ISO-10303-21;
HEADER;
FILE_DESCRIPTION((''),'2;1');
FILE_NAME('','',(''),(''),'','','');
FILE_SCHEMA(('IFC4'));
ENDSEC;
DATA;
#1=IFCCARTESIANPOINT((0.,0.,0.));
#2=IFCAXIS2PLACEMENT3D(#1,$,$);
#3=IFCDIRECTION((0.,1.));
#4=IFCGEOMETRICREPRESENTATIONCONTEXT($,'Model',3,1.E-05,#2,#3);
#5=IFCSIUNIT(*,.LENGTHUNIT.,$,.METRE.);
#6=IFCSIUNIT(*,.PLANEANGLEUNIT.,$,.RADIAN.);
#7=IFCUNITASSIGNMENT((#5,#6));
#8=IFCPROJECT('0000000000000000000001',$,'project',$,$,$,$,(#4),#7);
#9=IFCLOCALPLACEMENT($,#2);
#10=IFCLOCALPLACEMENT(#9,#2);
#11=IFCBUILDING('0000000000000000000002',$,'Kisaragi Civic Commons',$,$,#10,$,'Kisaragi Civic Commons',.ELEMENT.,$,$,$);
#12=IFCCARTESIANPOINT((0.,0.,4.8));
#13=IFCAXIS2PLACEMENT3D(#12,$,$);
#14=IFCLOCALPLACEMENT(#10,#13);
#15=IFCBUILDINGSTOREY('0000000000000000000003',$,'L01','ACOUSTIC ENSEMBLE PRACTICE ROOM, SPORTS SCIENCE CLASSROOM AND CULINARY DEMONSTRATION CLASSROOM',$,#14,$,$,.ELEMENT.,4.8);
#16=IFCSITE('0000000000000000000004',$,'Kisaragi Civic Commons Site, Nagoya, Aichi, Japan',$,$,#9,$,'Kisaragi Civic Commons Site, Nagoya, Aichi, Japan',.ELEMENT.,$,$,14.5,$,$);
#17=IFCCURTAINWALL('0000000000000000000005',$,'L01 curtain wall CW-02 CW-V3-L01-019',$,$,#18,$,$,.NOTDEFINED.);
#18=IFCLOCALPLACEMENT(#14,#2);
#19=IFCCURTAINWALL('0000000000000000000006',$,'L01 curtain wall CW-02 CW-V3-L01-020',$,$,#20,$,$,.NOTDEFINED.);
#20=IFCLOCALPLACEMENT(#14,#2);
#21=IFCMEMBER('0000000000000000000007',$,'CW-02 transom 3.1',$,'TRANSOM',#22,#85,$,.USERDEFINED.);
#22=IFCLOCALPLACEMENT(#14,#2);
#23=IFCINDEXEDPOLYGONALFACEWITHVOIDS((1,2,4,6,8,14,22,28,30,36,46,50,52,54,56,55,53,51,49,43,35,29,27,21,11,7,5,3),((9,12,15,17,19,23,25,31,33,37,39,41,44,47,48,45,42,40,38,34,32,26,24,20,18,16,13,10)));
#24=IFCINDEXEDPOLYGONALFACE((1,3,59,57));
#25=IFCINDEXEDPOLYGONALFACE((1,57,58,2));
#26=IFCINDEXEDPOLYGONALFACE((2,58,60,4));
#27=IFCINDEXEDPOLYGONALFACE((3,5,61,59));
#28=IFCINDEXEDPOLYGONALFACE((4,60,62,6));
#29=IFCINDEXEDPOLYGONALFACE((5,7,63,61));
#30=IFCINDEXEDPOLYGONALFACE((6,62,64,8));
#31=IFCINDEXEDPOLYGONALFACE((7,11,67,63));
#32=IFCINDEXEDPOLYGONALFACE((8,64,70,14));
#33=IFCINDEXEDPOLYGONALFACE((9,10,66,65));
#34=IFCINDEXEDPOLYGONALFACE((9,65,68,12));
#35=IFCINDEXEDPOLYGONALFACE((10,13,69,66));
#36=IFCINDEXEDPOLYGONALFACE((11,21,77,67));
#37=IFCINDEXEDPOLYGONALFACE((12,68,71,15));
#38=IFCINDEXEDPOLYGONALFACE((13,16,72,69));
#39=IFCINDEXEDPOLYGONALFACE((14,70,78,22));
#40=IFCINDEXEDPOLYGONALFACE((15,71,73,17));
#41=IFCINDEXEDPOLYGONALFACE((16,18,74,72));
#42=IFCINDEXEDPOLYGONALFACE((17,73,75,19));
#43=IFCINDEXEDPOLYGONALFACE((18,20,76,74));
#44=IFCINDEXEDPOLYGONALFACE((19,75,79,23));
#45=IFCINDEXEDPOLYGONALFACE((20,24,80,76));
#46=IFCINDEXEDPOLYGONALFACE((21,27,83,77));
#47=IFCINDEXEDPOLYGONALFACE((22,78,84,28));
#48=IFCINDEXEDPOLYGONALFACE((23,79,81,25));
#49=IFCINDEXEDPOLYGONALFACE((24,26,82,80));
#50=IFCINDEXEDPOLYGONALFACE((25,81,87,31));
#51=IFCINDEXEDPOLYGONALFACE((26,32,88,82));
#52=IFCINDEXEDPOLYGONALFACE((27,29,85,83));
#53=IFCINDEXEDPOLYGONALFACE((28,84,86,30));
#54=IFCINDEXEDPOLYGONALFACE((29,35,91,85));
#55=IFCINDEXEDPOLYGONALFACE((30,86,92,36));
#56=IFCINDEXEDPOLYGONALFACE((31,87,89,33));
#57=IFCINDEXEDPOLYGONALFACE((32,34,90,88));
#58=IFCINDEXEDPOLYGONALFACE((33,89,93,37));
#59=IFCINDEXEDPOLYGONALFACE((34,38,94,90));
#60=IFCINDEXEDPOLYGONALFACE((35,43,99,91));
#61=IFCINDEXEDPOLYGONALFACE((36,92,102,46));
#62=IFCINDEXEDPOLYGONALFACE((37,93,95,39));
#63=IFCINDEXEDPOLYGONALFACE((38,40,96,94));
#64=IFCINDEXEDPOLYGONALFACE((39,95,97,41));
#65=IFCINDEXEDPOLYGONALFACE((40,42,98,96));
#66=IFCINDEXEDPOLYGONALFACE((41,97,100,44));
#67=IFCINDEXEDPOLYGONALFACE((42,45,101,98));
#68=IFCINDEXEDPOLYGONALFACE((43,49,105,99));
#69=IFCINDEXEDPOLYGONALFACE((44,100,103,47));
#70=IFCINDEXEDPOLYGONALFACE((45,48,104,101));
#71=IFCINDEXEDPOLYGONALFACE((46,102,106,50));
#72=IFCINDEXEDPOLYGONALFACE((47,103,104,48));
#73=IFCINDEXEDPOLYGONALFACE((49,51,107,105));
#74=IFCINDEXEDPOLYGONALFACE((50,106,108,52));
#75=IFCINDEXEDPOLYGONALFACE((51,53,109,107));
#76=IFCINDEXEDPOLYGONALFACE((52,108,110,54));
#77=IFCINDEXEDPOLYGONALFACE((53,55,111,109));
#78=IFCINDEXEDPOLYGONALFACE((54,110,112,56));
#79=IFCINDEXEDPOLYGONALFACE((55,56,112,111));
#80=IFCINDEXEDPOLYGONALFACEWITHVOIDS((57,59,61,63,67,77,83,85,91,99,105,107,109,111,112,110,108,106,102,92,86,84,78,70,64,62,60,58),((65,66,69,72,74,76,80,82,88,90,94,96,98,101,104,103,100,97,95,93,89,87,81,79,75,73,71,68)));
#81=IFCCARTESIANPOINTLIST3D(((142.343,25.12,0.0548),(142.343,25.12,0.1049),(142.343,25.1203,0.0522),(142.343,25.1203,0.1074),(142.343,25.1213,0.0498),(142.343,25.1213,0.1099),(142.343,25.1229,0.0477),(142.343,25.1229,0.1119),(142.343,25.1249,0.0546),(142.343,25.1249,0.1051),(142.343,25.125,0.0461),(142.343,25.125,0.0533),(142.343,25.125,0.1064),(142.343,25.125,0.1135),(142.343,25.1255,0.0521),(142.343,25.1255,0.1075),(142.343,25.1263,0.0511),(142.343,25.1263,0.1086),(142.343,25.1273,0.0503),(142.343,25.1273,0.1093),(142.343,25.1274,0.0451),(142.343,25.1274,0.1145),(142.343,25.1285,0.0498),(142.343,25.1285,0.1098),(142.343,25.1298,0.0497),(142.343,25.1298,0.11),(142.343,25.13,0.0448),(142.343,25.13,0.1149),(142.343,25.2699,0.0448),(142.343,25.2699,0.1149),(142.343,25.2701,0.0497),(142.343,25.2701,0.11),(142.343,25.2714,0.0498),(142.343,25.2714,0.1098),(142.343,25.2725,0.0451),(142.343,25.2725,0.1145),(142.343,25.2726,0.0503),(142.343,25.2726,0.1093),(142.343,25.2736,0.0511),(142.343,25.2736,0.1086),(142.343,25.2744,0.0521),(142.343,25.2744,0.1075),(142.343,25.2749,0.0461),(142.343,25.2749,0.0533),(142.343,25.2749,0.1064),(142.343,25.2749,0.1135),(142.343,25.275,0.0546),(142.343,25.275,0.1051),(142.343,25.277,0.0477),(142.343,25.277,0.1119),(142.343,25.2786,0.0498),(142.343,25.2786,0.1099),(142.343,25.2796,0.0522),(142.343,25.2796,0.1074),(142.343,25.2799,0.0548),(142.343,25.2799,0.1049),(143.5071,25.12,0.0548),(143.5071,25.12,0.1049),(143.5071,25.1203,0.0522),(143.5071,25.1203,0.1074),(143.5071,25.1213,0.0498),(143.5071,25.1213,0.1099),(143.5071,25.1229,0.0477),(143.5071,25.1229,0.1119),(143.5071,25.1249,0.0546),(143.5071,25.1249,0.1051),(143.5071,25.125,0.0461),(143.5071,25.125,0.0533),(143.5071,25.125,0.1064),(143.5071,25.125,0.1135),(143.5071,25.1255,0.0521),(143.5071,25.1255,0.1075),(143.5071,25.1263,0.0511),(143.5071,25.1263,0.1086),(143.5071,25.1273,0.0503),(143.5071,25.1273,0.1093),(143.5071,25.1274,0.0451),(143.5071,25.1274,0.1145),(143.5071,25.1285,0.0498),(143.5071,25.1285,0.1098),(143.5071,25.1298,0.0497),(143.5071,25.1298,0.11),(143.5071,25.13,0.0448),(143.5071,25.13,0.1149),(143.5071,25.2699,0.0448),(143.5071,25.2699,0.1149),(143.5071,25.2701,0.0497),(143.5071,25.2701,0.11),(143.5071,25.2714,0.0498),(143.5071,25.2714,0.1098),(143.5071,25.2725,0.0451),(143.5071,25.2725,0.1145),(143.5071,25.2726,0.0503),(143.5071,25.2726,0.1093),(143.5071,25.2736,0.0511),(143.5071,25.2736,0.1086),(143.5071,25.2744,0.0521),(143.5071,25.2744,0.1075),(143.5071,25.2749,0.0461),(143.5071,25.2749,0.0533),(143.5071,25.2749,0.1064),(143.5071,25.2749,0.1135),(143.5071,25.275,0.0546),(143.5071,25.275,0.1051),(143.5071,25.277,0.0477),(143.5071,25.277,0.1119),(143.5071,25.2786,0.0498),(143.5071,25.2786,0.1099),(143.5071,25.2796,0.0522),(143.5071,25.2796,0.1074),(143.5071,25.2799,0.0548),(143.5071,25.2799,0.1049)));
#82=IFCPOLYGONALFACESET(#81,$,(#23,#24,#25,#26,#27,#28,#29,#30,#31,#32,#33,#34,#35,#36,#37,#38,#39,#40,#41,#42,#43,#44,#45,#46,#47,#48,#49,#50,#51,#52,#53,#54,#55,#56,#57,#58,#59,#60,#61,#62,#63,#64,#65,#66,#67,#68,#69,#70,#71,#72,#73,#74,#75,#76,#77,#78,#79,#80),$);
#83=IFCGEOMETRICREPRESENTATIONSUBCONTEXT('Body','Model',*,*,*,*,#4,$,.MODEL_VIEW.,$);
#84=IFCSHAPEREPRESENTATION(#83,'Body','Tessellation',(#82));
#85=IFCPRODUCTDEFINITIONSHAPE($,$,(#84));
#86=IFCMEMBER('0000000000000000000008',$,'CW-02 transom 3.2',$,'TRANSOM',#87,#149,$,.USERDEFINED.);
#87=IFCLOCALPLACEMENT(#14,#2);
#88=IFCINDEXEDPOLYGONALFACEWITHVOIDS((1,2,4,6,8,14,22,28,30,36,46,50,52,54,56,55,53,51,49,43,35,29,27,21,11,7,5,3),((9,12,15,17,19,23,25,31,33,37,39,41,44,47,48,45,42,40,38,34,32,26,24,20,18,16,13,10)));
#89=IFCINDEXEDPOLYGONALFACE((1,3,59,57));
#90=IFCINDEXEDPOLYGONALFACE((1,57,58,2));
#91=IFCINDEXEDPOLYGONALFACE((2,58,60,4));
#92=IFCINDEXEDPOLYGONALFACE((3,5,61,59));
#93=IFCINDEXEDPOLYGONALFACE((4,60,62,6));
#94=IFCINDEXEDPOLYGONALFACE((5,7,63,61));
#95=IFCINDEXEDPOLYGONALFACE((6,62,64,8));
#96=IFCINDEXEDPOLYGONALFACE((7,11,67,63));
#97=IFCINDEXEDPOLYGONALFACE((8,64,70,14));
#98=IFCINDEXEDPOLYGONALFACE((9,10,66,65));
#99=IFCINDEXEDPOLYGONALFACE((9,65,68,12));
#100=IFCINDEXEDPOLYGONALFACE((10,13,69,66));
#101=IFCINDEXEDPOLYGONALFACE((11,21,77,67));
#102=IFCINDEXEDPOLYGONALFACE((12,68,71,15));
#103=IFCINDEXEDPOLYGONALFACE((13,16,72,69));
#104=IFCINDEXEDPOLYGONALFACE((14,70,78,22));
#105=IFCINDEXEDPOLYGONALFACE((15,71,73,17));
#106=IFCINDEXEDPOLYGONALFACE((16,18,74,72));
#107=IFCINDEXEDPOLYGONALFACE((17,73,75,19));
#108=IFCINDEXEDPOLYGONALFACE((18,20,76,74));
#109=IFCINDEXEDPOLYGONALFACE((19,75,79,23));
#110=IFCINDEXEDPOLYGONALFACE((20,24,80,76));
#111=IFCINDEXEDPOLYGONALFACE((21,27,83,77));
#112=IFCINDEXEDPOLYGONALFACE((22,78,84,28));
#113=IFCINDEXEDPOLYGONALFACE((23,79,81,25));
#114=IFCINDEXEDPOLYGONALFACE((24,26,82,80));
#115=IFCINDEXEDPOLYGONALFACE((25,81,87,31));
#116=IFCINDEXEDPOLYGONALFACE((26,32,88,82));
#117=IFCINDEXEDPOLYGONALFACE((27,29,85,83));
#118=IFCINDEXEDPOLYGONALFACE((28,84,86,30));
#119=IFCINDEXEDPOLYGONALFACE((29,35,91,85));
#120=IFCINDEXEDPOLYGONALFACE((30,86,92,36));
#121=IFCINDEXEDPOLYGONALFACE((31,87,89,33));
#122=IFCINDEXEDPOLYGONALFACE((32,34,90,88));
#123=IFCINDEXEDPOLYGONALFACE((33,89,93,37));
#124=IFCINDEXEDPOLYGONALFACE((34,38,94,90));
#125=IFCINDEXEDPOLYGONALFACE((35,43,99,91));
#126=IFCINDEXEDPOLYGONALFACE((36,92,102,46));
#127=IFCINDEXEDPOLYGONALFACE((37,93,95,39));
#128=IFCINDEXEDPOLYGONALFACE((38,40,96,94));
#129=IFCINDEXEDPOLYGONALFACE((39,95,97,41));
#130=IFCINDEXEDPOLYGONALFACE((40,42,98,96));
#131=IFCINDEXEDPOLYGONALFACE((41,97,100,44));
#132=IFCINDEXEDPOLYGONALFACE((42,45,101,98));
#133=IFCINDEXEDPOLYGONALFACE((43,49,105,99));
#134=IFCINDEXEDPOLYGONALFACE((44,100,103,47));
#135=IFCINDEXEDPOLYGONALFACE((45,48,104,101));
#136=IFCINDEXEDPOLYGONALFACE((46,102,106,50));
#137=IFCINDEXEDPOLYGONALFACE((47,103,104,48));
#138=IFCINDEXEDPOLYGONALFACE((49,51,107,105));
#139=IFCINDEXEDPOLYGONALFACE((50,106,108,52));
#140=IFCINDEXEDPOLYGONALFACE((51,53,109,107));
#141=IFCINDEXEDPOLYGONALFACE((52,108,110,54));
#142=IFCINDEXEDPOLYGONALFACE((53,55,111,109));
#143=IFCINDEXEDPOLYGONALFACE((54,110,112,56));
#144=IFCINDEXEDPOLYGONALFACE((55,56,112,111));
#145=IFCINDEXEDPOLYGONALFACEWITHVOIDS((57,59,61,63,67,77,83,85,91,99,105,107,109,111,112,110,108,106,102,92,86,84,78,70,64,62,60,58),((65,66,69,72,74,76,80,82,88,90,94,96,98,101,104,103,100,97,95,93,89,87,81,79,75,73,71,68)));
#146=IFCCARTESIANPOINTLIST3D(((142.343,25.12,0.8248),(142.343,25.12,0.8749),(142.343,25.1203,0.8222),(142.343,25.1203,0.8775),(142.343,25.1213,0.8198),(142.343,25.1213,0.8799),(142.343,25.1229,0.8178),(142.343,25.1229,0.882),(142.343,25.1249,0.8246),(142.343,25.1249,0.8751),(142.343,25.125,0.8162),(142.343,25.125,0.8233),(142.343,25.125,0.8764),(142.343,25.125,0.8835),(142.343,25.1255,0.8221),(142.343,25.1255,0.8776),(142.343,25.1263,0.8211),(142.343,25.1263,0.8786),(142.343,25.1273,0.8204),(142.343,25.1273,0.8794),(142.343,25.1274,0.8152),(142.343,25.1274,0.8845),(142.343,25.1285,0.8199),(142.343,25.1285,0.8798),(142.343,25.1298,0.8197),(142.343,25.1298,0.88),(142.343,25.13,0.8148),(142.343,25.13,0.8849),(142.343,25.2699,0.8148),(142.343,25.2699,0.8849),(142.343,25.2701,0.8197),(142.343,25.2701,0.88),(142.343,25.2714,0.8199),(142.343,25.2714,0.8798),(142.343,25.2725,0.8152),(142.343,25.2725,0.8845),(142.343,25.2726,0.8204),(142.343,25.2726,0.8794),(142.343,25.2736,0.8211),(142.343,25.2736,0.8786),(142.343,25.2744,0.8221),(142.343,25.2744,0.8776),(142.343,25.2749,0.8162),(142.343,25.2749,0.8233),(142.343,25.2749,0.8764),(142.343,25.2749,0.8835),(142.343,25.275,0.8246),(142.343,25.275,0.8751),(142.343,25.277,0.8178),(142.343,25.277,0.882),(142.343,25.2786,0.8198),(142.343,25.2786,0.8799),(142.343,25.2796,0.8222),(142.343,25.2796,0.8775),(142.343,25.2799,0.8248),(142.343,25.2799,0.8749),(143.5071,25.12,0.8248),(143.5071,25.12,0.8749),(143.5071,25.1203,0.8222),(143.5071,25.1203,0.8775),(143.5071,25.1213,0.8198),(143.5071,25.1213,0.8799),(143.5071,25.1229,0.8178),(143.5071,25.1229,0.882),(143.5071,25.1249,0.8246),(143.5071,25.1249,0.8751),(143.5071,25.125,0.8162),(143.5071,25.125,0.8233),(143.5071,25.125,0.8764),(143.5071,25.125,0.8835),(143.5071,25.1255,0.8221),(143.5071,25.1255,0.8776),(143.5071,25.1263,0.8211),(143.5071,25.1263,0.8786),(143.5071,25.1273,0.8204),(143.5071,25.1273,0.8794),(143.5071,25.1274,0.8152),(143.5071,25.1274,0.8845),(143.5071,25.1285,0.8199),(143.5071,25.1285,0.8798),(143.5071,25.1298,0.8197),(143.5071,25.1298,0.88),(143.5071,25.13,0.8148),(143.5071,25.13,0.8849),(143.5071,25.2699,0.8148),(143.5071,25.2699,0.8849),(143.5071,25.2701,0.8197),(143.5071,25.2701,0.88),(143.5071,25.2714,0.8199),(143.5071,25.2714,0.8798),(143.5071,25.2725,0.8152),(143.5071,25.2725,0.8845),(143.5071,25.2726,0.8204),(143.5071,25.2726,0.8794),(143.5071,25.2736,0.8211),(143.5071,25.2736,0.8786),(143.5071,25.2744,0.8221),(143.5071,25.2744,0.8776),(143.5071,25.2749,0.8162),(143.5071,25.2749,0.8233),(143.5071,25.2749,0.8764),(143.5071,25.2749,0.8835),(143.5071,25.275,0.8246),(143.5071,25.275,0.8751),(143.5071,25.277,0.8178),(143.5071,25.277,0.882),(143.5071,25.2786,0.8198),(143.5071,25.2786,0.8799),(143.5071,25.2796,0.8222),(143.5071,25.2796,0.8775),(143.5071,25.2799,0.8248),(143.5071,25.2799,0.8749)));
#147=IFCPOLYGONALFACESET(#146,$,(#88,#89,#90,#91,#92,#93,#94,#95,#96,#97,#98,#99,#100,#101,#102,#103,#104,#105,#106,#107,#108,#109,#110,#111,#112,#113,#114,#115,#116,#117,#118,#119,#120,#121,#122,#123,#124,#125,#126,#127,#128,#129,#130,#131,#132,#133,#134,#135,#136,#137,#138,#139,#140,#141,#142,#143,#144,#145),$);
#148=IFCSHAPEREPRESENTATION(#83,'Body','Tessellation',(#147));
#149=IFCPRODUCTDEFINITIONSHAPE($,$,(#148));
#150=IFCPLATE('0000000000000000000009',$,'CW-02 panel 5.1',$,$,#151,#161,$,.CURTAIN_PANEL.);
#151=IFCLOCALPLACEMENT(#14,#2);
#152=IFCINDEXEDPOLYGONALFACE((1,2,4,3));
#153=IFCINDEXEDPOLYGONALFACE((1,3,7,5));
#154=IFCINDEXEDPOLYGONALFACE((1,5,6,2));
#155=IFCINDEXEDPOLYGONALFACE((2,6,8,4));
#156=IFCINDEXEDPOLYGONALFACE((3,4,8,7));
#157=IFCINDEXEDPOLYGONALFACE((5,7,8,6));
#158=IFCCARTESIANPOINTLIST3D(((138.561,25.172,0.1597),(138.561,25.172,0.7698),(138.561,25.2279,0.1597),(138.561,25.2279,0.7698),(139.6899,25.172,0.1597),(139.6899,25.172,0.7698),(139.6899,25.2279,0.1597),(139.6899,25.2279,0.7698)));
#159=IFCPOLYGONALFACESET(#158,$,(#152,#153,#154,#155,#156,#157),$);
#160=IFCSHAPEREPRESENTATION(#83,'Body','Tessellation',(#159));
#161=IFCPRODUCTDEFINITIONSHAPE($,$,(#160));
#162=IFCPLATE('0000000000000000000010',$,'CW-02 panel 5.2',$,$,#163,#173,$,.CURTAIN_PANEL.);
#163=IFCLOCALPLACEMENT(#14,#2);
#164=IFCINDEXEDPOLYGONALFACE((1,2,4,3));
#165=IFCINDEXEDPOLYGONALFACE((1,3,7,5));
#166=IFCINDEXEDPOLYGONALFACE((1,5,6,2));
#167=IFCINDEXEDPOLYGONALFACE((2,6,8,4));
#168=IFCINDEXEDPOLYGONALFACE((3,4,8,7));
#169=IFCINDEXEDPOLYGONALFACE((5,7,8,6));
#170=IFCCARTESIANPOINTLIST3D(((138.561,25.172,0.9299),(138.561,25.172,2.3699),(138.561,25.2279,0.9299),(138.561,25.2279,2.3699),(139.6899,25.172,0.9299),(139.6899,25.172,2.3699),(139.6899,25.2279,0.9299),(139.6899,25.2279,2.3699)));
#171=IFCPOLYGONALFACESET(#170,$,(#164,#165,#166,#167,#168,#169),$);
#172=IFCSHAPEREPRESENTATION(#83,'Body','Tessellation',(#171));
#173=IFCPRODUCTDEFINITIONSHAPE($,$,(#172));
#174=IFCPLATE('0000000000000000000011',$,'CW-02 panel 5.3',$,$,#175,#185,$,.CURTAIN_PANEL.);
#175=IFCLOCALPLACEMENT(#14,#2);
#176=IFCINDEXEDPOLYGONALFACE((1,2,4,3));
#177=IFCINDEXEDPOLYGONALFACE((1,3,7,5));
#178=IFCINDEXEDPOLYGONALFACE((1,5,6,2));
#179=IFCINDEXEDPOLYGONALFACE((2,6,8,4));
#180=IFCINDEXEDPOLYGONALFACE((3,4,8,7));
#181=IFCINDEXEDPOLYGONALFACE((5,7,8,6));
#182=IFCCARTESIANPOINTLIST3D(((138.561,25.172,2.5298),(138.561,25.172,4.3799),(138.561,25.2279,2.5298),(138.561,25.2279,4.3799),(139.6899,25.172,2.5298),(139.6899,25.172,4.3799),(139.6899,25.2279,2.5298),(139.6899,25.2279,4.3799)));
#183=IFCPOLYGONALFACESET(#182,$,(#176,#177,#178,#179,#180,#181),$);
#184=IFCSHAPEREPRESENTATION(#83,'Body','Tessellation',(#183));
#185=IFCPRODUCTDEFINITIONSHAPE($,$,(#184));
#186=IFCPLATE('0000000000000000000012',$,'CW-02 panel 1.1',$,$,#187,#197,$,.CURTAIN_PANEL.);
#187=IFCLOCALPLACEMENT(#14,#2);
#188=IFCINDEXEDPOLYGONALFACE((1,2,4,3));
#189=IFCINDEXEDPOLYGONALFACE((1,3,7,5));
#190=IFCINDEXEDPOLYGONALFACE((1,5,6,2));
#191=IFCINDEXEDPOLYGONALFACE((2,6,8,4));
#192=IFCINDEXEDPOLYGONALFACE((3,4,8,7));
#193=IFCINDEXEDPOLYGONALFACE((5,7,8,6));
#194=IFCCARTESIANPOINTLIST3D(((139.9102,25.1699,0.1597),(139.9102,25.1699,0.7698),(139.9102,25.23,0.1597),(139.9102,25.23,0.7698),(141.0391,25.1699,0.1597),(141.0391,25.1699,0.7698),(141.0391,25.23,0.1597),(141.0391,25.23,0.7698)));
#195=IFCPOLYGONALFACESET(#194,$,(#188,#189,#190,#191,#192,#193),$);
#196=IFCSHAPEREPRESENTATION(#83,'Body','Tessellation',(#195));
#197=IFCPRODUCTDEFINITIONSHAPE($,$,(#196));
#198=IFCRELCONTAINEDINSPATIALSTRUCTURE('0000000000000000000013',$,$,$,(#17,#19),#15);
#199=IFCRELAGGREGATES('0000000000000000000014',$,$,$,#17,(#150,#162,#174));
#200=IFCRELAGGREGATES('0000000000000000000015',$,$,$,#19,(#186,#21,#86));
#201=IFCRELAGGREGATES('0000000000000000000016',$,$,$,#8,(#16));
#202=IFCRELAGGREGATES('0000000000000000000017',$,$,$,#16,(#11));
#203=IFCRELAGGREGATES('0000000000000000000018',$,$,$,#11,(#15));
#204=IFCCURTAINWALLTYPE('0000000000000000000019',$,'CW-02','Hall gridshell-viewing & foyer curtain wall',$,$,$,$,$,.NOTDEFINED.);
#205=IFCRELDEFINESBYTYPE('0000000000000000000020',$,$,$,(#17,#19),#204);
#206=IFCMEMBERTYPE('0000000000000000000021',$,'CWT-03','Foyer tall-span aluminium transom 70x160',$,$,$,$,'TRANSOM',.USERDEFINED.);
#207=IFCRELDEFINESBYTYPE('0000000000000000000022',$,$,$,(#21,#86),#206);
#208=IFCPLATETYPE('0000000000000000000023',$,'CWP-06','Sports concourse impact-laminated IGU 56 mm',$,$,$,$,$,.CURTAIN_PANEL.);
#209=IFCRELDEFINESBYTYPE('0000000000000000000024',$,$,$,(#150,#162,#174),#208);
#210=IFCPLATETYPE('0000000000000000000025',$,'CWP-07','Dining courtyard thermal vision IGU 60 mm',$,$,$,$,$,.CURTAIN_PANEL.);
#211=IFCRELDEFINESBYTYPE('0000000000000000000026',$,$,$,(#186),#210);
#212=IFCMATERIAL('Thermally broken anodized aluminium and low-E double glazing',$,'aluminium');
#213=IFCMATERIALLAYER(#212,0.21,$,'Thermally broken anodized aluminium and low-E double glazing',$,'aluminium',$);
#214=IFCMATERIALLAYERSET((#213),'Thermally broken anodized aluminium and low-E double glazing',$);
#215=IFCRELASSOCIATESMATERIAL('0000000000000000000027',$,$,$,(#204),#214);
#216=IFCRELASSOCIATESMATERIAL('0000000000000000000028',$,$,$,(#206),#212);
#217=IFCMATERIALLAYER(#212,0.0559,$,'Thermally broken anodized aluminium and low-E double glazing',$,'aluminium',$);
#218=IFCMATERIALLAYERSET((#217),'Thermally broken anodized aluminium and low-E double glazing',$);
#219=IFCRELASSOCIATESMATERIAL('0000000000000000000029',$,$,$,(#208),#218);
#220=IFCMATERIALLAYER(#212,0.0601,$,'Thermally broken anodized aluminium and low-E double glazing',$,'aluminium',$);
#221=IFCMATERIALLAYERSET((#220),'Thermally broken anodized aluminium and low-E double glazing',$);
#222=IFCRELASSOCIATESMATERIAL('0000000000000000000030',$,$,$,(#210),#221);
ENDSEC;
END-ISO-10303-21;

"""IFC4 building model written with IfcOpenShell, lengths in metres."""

from ifc_helpers import new_model, si_unit, direction, frame, origin, origin_2d, place, context, subcontext, project, spatial, rectangle, hollow_rectangle, extrude, material, layer, layer_set, material_profile, profile_set, type_object, element, aggregate, save


model = new_model("IFC4")

# Units and contexts
model_context = context("Model", 3, precision=1e-05, world=origin(), true_north=direction((0.0, 1.0)))
body_context = subcontext(model_context, "Body", "Model", "MODEL_VIEW")
ifc_project = project(units=[si_unit("LENGTHUNIT", "METRE"), si_unit("PLANEANGLEUNIT", "RADIAN")], contexts=[model_context])

# Site, building, storey
site_placement = place(None, origin())
site = spatial("IfcSite", under=ifc_project, at=site_placement, Name="Kisaragi Civic Commons Site, Nagoya, Aichi, Japan", LongName="Kisaragi Civic Commons Site, Nagoya, Aichi, Japan", CompositionType="ELEMENT", RefElevation=14.5)
building_placement = place(site_placement, origin())
building = spatial("IfcBuilding", under=site, at=building_placement, Name="Kisaragi Civic Commons", LongName="Kisaragi Civic Commons", CompositionType="ELEMENT")
storey_placement = place(building_placement, frame((0.0, 0.0, 4.8)))
storey = spatial("IfcBuildingStorey", under=building, at=storey_placement, Name="L01", Description="ACOUSTIC ENSEMBLE PRACTICE ROOM, SPORTS SCIENCE CLASSROOM AND CULINARY DEMONSTRATION CLASSROOM", CompositionType="ELEMENT", Elevation=4.8)

# Curtain wall
ifc_material = material(Name="Thermally broken anodized aluminium and low-E double glazing", Category="aluminium")
ifc_layer_1 = layer(ifc_material, 0.21, Name="Thermally broken anodized aluminium and low-E double glazing", Category="aluminium")
ifc_layer_set_1 = layer_set([ifc_layer_1], Name="Thermally broken anodized aluminium and low-E double glazing")
curtain_wall_type = type_object("IfcCurtainWallType", Name="CW-02", Description="Hall gridshell-viewing & foyer curtain wall", PredefinedType="NOTDEFINED", material=ifc_layer_set_1)
curtain_wall_1_placement = place(storey_placement, origin())
curtain_wall_1 = element("IfcCurtainWall", 1, at=curtain_wall_1_placement, inside=storey, type_object=curtain_wall_type, Name="L01 curtain wall CW-02 CW-V3-L01-019", PredefinedType="NOTDEFINED")

# Curtain wall, members
curtain_wall_2_placement = place(storey_placement, origin())
curtain_wall_2 = element("IfcCurtainWall", 2, at=curtain_wall_2_placement, inside=storey, type_object=curtain_wall_type, Name="L01 curtain wall CW-02 CW-V3-L01-020", PredefinedType="NOTDEFINED")
ifc_material_profile_1 = material_profile(ifc_material, hollow_rectangle(XDim=0.1599, YDim=0.0701, WallThickness=0.0049, InnerFilletRadius=0.0049, OuterFilletRadius=0.01, at=origin_2d()), Name="CWT-70x160x5", Category="aluminium")
ifc_profile_set_1 = profile_set([ifc_material_profile_1], Name="Thermally broken anodized aluminium and low-E double glazing")
member_type_1 = type_object("IfcMemberType", Name="CWT-03", Description="Foyer tall-span aluminium transom 70x160", ElementType="TRANSOM", PredefinedType="USERDEFINED", material=ifc_profile_set_1)
member_1_placement = place(storey_placement, frame((142.343, 25.2, 0.0798), z_axis=(1.0, 0.0, 0.0), x_axis=(0.0, 1.0, 0.0)))
member_1 = element("IfcMember", 3, at=member_1_placement, type_object=member_type_1, Name="CW-02 transom 3.1", ObjectType="TRANSOM", PredefinedType="USERDEFINED", context=body_context, shape_type="SweptSolid", body=[
    extrude(hollow_rectangle(XDim=0.1599, YDim=0.0701, WallThickness=0.0049, InnerFilletRadius=0.0049, OuterFilletRadius=0.01, at=origin_2d()), origin(), (0.0, 0.0, 1.0), 1.1641),
])
member_2_placement = place(storey_placement, frame((142.343, 25.2, 0.8499), z_axis=(1.0, 0.0, 0.0), x_axis=(0.0, 1.0, 0.0)))
member_2 = element("IfcMember", 4, at=member_2_placement, type_object=member_type_1, Name="CW-02 transom 3.2", ObjectType="TRANSOM", PredefinedType="USERDEFINED", context=body_context, shape_type="SweptSolid", body=[
    extrude(hollow_rectangle(XDim=0.1599, YDim=0.0701, WallThickness=0.0049, InnerFilletRadius=0.0049, OuterFilletRadius=0.01, at=origin_2d()), origin(), (0.0, 0.0, 1.0), 1.1641),
])

# Plates
ifc_layer_2 = layer(ifc_material, 0.0559, Name="Thermally broken anodized aluminium and low-E double glazing", Category="aluminium")
ifc_layer_set_2 = layer_set([ifc_layer_2], Name="Thermally broken anodized aluminium and low-E double glazing")
plate_type_1 = type_object("IfcPlateType", Name="CWP-06", Description="Sports concourse impact-laminated IGU 56 mm", PredefinedType="CURTAIN_PANEL", material=ifc_layer_set_2)
plate_1_placement = place(storey_placement, frame((139.1255, 25.2, 0.1597), z_axis=(0.0, 0.0, 1.0), x_axis=(1.0, 0.0, 0.0)))
plate_1 = element("IfcPlate", 5, at=plate_1_placement, type_object=plate_type_1, Name="CW-02 panel 5.1", PredefinedType="CURTAIN_PANEL", context=body_context, shape_type="SweptSolid", body=[
    extrude(rectangle(XDim=1.1289, YDim=0.0559, at=origin_2d()), origin(), (0.0, 0.0, 1.0), 0.6101),
])
plate_2_placement = place(storey_placement, frame((139.1255, 25.2, 0.9299), z_axis=(0.0, 0.0, 1.0), x_axis=(1.0, 0.0, 0.0)))
plate_2 = element("IfcPlate", 6, at=plate_2_placement, type_object=plate_type_1, Name="CW-02 panel 5.2", PredefinedType="CURTAIN_PANEL", context=body_context, shape_type="SweptSolid", body=[
    extrude(rectangle(XDim=1.1289, YDim=0.0559, at=origin_2d()), origin(), (0.0, 0.0, 1.0), 1.4399),
])
plate_3_placement = place(storey_placement, frame((139.1255, 25.2, 2.5298), z_axis=(0.0, 0.0, 1.0), x_axis=(1.0, 0.0, 0.0)))
plate_3 = element("IfcPlate", 7, at=plate_3_placement, type_object=plate_type_1, Name="CW-02 panel 5.3", PredefinedType="CURTAIN_PANEL", context=body_context, shape_type="SweptSolid", body=[
    extrude(rectangle(XDim=1.1289, YDim=0.0559, at=origin_2d()), origin(), (0.0, 0.0, 1.0), 1.8501),
])
aggregate(curtain_wall_1, [plate_1, plate_2, plate_3])
ifc_layer_3 = layer(ifc_material, 0.0601, Name="Thermally broken anodized aluminium and low-E double glazing", Category="aluminium")
ifc_layer_set_3 = layer_set([ifc_layer_3], Name="Thermally broken anodized aluminium and low-E double glazing")
plate_type_2 = type_object("IfcPlateType", Name="CWP-07", Description="Dining courtyard thermal vision IGU 60 mm", PredefinedType="CURTAIN_PANEL", material=ifc_layer_set_3)
plate_4_placement = place(storey_placement, frame((140.4746, 25.2, 0.1597), z_axis=(0.0, 0.0, 1.0), x_axis=(1.0, 0.0, 0.0)))
plate_4 = element("IfcPlate", 8, at=plate_4_placement, type_object=plate_type_2, Name="CW-02 panel 1.1", PredefinedType="CURTAIN_PANEL", context=body_context, shape_type="SweptSolid", body=[
    extrude(rectangle(XDim=1.1289, YDim=0.0601, at=origin_2d()), origin(), (0.0, 0.0, 1.0), 0.6101),
])
aggregate(curtain_wall_2, [plate_4, member_1, member_2])

save(model, "model.ifc")
